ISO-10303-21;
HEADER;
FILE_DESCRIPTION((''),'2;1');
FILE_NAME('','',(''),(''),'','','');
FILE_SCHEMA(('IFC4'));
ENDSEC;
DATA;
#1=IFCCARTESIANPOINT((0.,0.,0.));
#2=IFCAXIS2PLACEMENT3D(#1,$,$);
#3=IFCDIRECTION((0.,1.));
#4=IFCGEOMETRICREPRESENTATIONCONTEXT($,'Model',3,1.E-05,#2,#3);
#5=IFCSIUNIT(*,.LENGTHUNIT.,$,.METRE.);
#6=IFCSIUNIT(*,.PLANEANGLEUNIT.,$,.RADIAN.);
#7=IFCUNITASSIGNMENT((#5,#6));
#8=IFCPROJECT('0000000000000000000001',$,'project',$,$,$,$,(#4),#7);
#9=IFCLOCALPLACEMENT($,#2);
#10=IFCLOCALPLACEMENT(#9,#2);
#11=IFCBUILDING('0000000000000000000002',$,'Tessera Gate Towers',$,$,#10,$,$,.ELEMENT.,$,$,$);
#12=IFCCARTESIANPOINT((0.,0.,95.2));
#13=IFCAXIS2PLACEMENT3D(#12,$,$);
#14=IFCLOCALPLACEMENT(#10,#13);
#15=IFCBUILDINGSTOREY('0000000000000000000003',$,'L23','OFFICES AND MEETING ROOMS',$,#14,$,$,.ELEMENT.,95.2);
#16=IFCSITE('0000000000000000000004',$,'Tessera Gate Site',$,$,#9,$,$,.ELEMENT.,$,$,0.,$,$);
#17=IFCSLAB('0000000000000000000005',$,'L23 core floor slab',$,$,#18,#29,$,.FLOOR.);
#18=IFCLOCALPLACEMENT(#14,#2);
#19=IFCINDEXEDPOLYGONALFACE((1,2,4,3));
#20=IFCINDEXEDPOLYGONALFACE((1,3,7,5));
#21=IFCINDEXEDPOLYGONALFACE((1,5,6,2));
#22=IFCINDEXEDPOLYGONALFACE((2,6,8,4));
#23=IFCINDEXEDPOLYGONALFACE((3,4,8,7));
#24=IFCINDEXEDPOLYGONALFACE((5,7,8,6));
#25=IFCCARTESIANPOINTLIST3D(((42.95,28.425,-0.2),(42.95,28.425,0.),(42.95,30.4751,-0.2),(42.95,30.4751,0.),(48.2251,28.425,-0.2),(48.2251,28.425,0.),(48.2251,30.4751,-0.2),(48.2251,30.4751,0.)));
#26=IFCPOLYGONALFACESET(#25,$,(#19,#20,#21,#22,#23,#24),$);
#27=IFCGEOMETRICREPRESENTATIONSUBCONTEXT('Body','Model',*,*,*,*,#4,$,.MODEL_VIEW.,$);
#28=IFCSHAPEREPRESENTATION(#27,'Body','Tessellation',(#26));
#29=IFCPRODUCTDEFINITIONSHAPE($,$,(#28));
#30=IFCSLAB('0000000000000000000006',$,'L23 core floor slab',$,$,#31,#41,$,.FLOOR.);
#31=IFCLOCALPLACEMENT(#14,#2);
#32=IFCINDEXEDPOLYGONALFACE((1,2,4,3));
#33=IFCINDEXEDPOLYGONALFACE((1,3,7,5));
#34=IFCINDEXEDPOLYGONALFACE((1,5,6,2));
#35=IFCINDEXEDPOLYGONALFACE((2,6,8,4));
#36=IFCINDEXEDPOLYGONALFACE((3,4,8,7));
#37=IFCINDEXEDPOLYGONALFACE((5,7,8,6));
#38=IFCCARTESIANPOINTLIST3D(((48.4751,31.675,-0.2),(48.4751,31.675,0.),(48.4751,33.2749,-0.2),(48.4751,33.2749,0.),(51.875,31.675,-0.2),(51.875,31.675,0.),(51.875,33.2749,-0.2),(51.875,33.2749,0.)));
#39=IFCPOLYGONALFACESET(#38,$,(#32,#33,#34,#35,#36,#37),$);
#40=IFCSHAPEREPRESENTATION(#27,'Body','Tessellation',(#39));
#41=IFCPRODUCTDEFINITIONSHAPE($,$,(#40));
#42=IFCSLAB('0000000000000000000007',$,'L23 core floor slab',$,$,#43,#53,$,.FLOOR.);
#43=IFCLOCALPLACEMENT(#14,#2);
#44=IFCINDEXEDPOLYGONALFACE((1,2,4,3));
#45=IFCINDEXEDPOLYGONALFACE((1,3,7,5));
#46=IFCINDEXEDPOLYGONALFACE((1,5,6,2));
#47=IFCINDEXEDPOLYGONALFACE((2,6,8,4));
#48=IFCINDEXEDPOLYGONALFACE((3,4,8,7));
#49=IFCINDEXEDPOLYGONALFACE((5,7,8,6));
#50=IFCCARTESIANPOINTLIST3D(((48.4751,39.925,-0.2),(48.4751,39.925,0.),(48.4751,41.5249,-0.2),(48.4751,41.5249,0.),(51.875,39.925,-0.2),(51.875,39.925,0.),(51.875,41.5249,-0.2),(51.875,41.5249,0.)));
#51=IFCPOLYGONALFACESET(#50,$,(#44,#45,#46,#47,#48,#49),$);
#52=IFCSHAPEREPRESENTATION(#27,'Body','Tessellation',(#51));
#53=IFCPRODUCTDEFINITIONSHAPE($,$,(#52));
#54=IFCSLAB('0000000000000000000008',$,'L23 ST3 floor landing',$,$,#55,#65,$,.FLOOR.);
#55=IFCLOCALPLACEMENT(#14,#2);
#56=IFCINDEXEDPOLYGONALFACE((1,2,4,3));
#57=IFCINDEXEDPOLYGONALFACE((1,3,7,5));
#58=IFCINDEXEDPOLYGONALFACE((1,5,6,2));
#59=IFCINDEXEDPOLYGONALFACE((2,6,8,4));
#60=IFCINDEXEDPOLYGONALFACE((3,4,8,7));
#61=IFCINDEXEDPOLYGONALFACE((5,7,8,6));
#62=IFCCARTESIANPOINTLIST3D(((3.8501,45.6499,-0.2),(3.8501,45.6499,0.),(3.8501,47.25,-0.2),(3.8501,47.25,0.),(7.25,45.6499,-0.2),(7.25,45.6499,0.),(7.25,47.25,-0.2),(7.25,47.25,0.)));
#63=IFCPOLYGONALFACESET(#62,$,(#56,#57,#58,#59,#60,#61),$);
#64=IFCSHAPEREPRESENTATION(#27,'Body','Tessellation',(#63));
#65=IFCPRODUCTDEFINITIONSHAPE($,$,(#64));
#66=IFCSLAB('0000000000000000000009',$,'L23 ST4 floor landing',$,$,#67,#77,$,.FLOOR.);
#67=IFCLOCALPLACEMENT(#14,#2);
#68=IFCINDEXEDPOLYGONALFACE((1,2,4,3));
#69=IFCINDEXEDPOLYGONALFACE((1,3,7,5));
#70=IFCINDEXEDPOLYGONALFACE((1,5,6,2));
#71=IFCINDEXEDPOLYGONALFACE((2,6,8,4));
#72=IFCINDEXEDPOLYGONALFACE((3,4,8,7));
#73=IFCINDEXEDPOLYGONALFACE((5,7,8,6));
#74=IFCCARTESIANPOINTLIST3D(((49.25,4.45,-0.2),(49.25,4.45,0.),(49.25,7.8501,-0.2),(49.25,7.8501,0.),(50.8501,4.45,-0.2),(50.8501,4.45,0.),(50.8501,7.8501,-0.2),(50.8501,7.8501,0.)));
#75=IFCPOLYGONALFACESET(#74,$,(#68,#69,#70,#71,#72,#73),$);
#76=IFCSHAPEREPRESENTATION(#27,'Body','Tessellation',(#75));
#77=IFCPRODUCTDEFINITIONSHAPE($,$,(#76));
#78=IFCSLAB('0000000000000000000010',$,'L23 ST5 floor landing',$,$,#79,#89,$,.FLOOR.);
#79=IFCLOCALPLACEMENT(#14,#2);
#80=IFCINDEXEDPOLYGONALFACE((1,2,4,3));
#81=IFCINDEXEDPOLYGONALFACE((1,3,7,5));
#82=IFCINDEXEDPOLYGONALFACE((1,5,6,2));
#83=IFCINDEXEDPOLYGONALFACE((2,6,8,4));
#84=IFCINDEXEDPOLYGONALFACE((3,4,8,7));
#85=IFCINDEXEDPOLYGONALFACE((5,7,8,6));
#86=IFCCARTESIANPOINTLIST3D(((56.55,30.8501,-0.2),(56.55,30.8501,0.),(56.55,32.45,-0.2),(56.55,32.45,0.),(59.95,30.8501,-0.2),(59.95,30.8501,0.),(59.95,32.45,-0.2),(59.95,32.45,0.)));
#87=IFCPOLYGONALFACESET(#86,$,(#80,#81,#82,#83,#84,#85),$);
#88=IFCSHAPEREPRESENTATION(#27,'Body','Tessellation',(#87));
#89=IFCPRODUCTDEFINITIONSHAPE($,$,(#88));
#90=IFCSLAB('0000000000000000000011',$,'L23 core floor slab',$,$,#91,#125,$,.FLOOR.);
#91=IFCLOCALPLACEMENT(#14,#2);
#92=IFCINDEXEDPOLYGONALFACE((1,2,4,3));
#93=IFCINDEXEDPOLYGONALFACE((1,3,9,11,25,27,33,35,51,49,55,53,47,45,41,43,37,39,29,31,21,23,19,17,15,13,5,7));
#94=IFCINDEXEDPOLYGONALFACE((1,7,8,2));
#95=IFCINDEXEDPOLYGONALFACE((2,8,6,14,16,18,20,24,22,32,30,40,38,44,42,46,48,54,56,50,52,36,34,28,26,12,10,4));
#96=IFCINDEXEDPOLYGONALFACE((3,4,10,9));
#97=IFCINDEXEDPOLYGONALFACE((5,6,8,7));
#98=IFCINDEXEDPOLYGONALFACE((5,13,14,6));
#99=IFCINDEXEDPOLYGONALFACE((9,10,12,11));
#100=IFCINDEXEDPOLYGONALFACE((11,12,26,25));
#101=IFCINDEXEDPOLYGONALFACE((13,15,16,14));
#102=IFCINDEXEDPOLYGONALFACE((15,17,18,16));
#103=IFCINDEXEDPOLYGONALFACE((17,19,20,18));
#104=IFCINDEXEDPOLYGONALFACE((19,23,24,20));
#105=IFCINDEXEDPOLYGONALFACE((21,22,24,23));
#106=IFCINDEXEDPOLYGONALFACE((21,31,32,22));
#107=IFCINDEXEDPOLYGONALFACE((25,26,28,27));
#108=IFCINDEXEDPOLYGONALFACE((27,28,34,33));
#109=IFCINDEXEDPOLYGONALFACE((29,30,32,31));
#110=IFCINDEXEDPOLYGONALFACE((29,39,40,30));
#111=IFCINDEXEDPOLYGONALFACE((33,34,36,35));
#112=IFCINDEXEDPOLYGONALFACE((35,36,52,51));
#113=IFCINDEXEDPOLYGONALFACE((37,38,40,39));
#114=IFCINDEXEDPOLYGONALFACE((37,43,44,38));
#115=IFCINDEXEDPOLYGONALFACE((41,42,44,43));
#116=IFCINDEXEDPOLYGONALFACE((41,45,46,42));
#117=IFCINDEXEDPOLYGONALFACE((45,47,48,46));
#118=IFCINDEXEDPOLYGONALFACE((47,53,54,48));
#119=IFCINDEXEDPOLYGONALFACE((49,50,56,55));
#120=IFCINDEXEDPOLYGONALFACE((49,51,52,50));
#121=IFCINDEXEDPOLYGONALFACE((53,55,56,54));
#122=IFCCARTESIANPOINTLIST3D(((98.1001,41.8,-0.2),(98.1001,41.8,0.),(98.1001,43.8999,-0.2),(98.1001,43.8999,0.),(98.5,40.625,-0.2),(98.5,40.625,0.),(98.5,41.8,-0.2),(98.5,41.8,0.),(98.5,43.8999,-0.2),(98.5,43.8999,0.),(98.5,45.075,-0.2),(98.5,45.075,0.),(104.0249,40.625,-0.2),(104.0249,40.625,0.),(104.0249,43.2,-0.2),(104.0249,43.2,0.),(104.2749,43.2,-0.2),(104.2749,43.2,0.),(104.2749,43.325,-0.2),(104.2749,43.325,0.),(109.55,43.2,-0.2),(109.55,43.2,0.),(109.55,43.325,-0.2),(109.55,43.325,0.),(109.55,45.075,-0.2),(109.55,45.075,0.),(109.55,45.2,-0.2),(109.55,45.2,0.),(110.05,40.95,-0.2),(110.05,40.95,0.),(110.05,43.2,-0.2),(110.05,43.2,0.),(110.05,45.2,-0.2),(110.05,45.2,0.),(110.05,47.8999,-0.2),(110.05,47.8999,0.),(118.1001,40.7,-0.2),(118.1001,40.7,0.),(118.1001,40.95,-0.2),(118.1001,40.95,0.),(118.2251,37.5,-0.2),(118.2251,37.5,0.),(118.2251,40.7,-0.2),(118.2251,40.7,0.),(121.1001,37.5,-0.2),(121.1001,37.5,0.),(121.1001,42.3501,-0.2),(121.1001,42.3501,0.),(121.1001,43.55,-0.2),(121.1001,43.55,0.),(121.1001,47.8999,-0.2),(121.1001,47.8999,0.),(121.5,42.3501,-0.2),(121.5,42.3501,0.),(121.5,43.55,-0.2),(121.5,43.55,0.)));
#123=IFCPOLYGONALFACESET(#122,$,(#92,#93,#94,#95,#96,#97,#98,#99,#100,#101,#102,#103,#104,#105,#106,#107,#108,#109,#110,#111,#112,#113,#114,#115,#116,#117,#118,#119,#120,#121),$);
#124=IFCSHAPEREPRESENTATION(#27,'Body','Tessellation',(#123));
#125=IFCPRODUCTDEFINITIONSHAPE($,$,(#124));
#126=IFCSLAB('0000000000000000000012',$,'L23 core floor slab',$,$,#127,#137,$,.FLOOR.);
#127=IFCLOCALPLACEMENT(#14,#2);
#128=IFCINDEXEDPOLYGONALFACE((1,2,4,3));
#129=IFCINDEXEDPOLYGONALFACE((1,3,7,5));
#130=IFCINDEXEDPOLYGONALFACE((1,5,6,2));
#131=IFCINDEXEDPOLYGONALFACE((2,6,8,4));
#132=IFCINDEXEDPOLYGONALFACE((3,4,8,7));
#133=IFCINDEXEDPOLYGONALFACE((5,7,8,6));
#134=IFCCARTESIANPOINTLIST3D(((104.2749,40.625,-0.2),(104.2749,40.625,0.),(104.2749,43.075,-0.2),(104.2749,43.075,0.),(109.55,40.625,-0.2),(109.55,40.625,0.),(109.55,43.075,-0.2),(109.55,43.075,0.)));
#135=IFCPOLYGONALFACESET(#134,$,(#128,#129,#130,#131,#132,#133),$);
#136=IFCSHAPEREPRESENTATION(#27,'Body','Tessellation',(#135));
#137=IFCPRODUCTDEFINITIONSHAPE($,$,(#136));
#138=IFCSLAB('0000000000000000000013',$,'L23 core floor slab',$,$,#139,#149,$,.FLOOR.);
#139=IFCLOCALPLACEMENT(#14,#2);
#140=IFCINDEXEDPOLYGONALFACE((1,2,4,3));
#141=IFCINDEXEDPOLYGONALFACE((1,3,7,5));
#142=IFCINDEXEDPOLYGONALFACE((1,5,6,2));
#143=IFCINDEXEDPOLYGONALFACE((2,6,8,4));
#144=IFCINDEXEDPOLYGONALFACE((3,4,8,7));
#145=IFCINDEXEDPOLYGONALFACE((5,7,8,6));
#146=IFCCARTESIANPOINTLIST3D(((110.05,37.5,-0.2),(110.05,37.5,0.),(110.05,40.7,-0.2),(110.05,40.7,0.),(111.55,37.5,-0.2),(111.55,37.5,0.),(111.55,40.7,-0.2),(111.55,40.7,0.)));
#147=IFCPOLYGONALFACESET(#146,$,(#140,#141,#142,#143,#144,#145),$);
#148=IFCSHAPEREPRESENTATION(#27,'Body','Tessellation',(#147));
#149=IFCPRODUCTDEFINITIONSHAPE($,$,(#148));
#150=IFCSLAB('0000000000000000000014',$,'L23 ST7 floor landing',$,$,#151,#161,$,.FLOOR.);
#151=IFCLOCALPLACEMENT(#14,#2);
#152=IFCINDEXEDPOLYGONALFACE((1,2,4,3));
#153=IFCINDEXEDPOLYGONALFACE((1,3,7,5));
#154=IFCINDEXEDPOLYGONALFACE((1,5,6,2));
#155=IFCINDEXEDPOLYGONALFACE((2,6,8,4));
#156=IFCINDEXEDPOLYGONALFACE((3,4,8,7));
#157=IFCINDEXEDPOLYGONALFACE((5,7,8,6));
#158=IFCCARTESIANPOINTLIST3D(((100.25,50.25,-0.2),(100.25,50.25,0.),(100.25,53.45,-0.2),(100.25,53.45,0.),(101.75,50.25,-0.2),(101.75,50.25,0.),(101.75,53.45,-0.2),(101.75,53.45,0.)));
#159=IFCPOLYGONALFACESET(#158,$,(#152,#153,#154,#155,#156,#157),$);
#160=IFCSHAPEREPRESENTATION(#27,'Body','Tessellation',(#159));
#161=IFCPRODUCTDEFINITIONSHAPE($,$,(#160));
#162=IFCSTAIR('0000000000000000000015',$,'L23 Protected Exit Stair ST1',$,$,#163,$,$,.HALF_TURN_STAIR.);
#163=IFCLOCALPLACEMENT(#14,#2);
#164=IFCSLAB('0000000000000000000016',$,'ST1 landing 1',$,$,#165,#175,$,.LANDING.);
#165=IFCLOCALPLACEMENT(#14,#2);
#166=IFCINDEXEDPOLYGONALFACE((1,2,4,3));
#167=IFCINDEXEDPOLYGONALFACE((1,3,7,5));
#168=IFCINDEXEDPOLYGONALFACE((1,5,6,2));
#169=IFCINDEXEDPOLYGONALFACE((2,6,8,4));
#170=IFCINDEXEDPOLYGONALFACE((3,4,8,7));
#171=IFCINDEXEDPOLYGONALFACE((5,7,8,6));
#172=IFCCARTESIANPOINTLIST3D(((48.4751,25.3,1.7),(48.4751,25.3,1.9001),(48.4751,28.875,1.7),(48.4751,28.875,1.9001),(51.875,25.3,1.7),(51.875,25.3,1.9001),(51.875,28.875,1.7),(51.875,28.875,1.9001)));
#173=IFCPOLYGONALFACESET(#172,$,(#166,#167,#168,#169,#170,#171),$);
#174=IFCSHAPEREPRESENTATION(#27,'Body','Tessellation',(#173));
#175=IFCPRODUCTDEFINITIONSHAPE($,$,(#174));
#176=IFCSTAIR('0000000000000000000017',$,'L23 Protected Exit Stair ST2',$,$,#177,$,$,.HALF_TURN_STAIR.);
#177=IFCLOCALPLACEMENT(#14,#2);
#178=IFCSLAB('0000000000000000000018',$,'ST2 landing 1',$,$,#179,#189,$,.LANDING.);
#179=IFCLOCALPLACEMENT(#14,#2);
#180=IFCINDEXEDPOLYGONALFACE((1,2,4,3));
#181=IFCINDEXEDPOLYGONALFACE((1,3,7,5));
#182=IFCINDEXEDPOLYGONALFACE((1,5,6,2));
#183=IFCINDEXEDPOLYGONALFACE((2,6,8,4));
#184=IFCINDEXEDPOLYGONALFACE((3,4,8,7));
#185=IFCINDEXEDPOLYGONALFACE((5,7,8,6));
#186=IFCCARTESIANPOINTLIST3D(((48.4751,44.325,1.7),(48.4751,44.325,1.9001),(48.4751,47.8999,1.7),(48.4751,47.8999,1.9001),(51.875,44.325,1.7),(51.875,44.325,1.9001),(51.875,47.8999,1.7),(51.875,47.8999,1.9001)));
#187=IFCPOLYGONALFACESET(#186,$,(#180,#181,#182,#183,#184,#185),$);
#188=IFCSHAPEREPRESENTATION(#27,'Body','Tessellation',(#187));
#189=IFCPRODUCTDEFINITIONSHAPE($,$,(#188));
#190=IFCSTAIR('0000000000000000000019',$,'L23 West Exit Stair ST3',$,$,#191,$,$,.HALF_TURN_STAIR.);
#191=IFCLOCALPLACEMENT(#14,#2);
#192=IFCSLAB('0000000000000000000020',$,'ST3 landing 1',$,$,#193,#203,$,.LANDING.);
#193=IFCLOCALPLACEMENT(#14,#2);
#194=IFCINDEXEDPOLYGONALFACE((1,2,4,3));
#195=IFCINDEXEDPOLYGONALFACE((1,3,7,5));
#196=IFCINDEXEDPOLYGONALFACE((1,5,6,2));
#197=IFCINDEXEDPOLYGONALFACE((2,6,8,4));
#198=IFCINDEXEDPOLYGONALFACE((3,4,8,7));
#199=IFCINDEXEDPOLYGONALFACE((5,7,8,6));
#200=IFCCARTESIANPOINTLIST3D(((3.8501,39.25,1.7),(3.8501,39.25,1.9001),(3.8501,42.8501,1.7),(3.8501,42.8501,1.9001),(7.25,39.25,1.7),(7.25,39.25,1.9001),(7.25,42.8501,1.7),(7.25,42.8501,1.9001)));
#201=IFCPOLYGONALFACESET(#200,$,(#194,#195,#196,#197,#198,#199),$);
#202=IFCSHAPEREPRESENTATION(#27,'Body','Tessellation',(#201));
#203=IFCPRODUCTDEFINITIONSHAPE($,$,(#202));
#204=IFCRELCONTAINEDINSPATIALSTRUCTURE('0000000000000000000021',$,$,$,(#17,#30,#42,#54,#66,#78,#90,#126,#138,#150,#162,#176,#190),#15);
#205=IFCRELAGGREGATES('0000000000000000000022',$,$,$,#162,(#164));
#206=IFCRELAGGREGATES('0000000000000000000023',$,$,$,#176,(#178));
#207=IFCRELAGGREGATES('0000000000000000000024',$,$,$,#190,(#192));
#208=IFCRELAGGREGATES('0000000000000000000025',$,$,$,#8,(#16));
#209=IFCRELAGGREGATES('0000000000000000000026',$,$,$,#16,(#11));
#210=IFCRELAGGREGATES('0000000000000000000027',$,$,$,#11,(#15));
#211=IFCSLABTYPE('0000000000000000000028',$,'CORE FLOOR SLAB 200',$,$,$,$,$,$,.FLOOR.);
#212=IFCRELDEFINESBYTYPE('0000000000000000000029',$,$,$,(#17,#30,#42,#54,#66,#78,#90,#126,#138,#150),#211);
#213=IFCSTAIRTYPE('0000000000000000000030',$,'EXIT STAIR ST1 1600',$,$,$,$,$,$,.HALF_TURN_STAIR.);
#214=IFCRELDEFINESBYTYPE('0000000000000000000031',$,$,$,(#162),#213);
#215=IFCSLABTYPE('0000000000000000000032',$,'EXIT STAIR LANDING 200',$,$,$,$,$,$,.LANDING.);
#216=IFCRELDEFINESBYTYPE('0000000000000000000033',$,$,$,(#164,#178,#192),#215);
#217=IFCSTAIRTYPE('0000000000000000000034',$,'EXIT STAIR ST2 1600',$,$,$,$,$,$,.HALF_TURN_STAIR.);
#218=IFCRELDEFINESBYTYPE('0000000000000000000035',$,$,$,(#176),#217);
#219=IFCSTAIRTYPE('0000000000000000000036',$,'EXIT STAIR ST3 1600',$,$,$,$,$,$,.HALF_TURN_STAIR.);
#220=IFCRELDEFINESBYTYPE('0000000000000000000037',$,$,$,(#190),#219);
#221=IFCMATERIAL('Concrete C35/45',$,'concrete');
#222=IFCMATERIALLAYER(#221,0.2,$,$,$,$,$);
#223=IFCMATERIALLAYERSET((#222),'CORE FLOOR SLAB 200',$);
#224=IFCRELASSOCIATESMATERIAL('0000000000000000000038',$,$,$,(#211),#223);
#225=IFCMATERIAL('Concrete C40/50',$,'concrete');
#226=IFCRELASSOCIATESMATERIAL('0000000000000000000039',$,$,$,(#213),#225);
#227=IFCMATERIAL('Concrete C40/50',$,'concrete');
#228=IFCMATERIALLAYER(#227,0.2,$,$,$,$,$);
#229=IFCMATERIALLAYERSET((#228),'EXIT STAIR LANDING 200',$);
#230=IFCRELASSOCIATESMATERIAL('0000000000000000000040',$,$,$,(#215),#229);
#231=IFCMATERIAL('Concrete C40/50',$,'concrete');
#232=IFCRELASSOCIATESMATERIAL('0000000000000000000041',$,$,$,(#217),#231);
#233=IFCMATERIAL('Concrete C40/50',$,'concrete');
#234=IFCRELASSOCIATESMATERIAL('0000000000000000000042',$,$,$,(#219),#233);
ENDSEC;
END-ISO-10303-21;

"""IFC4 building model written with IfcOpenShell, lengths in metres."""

from ifc_helpers import new_model, si_unit, direction, frame, origin, place, context, subcontext, project, spatial, polyline, outline, extrude, material, layer, layer_set, type_object, element, aggregate, save


model = new_model("IFC4")

# Units and contexts
model_context = context("Model", 3, precision=1e-05, world=origin(), true_north=direction((0.0, 1.0)))
body_context = subcontext(model_context, "Body", "Model", "MODEL_VIEW")
ifc_project = project(units=[si_unit("LENGTHUNIT", "METRE"), si_unit("PLANEANGLEUNIT", "RADIAN")], contexts=[model_context])

# Site, building, storey
site_placement = place(None, origin())
site = spatial("IfcSite", under=ifc_project, at=site_placement, Name="Tessera Gate Site", CompositionType="ELEMENT", RefElevation=0.0)
building_placement = place(site_placement, origin())
building = spatial("IfcBuilding", under=site, at=building_placement, Name="Tessera Gate Towers", CompositionType="ELEMENT")
storey_placement = place(building_placement, frame((0.0, 0.0, 95.2)))
storey = spatial("IfcBuildingStorey", under=building, at=storey_placement, Name="L23", Description="OFFICES AND MEETING ROOMS", CompositionType="ELEMENT", Elevation=95.2)

# Slabs
ifc_material_1 = material(Name="Concrete C35/45", Category="concrete")
ifc_layer_1 = layer(ifc_material_1, 0.2)
ifc_layer_set_1 = layer_set([ifc_layer_1], Name="CORE FLOOR SLAB 200")
slab_type_1 = type_object("IfcSlabType", Name="CORE FLOOR SLAB 200", PredefinedType="FLOOR", material=ifc_layer_set_1)
slab_1_placement = place(storey_placement, frame((0.0, 0.0, -0.2)))
element("IfcSlab", 1, at=slab_1_placement, inside=storey, type_object=slab_type_1, Name="L23 core floor slab", PredefinedType="FLOOR", context=body_context, shape_type="SweptSolid", body=[
    extrude(outline(polyline([(42.95, 30.4751), (42.95, 28.425), (48.2251, 28.425), (48.2251, 30.4751), (42.95, 30.4751)])), origin(), (0.0, 0.0, 1.0), 0.2),
])
slab_2_placement = place(storey_placement, frame((0.0, 0.0, -0.2)))
element("IfcSlab", 2, at=slab_2_placement, inside=storey, type_object=slab_type_1, Name="L23 core floor slab", PredefinedType="FLOOR", context=body_context, shape_type="SweptSolid", body=[
    extrude(outline(polyline([(51.875, 31.675), (51.875, 33.2749), (48.4751, 33.2749), (48.4751, 31.675), (51.875, 31.675)])), origin(), (0.0, 0.0, 1.0), 0.2),
])
slab_3_placement = place(storey_placement, frame((0.0, 0.0, -0.2)))
element("IfcSlab", 3, at=slab_3_placement, inside=storey, type_object=slab_type_1, Name="L23 core floor slab", PredefinedType="FLOOR", context=body_context, shape_type="SweptSolid", body=[
    extrude(outline(polyline([(48.4751, 41.5249), (48.4751, 39.925), (51.875, 39.925), (51.875, 41.5249), (48.4751, 41.5249)])), origin(), (0.0, 0.0, 1.0), 0.2),
])
slab_4_placement = place(storey_placement, frame((0.0, 0.0, -0.2)))
element("IfcSlab", 4, at=slab_4_placement, inside=storey, type_object=slab_type_1, Name="L23 ST3 floor landing", PredefinedType="FLOOR", context=body_context, shape_type="SweptSolid", body=[
    extrude(outline(polyline([(3.8501, 47.25), (3.8501, 45.6499), (7.25, 45.6499), (7.25, 47.25), (3.8501, 47.25)])), origin(), (0.0, 0.0, 1.0), 0.2),
])
slab_5_placement = place(storey_placement, frame((0.0, 0.0, -0.2)))
element("IfcSlab", 5, at=slab_5_placement, inside=storey, type_object=slab_type_1, Name="L23 ST4 floor landing", PredefinedType="FLOOR", context=body_context, shape_type="SweptSolid", body=[
    extrude(outline(polyline([(49.25, 4.45), (50.8501, 4.45), (50.8501, 7.8501), (49.25, 7.8501), (49.25, 4.45)])), origin(), (0.0, 0.0, 1.0), 0.2),
])
slab_6_placement = place(storey_placement, frame((0.0, 0.0, -0.2)))
element("IfcSlab", 6, at=slab_6_placement, inside=storey, type_object=slab_type_1, Name="L23 ST5 floor landing", PredefinedType="FLOOR", context=body_context, shape_type="SweptSolid", body=[
    extrude(outline(polyline([(59.95, 30.8501), (59.95, 32.45), (56.55, 32.45), (56.55, 30.8501), (59.95, 30.8501)])), origin(), (0.0, 0.0, 1.0), 0.2),
])
slab_7_placement = place(storey_placement, frame((0.0, 0.0, -0.2)))
element("IfcSlab", 7, at=slab_7_placement, inside=storey, type_object=slab_type_1, Name="L23 core floor slab", PredefinedType="FLOOR", context=body_context, shape_type="SweptSolid", body=[
    extrude(outline(polyline([(109.55, 45.2), (109.55, 45.075), (98.5, 45.075), (98.5, 43.8999), (98.1001, 43.8999), (98.1001, 41.8), (98.5, 41.8), (98.5, 40.625), (104.0249, 40.625), (104.0249, 43.2), (104.2749, 43.2), (104.2749, 43.325), (109.55, 43.325), (109.55, 43.2), (110.05, 43.2), (110.05, 40.95), (118.1001, 40.95), (118.1001, 40.7), (118.2251, 40.7), (118.2251, 37.5), (121.1001, 37.5), (121.1001, 42.3501), (121.5, 42.3501), (121.5, 43.55), (121.1001, 43.55), (121.1001, 47.8999), (110.05, 47.8999), (110.05, 45.2), (109.55, 45.2)])), origin(), (0.0, 0.0, 1.0), 0.2),
])
slab_8_placement = place(storey_placement, frame((0.0, 0.0, -0.2)))
element("IfcSlab", 8, at=slab_8_placement, inside=storey, type_object=slab_type_1, Name="L23 core floor slab", PredefinedType="FLOOR", context=body_context, shape_type="SweptSolid", body=[
    extrude(outline(polyline([(109.55, 43.075), (104.2749, 43.075), (104.2749, 40.625), (109.55, 40.625), (109.55, 43.075)])), origin(), (0.0, 0.0, 1.0), 0.2),
])
slab_9_placement = place(storey_placement, frame((0.0, 0.0, -0.2)))
element("IfcSlab", 9, at=slab_9_placement, inside=storey, type_object=slab_type_1, Name="L23 core floor slab", PredefinedType="FLOOR", context=body_context, shape_type="SweptSolid", body=[
    extrude(outline(polyline([(111.55, 37.5), (111.55, 40.7), (110.05, 40.7), (110.05, 37.5), (111.55, 37.5)])), origin(), (0.0, 0.0, 1.0), 0.2),
])
slab_10_placement = place(storey_placement, frame((0.0, 0.0, -0.2)))
element("IfcSlab", 10, at=slab_10_placement, inside=storey, type_object=slab_type_1, Name="L23 ST7 floor landing", PredefinedType="FLOOR", context=body_context, shape_type="SweptSolid", body=[
    extrude(outline(polyline([(100.25, 50.25), (101.75, 50.25), (101.75, 53.45), (100.25, 53.45), (100.25, 50.25)])), origin(), (0.0, 0.0, 1.0), 0.2),
])

# Stairs, slabs
ifc_material_2 = material(Name="Concrete C40/50", Category="concrete")
stair_type_1 = type_object("IfcStairType", Name="EXIT STAIR ST1 1600", PredefinedType="HALF_TURN_STAIR", material=ifc_material_2)
stair_1_placement = place(storey_placement, origin())
stair_1 = element("IfcStair", 11, at=stair_1_placement, inside=storey, type_object=stair_type_1, Name="L23 Protected Exit Stair ST1", PredefinedType="HALF_TURN_STAIR")
ifc_material_3 = material(Name="Concrete C40/50", Category="concrete")
ifc_layer_2 = layer(ifc_material_3, 0.2)
ifc_layer_set_2 = layer_set([ifc_layer_2], Name="EXIT STAIR LANDING 200")
slab_type_2 = type_object("IfcSlabType", Name="EXIT STAIR LANDING 200", PredefinedType="LANDING", material=ifc_layer_set_2)
slab_11_placement = place(storey_placement, frame((0.0, 0.0, 1.7)))
slab_11 = element("IfcSlab", 12, at=slab_11_placement, type_object=slab_type_2, Name="ST1 landing 1", PredefinedType="LANDING", context=body_context, shape_type="SweptSolid", body=[
    extrude(outline(polyline([(48.4751, 28.875), (48.4751, 25.3), (51.875, 25.3), (51.875, 28.875), (48.4751, 28.875)])), origin(), (0.0, 0.0, 1.0), 0.2002),
])
aggregate(stair_1, [slab_11])
ifc_material_4 = material(Name="Concrete C40/50", Category="concrete")
stair_type_2 = type_object("IfcStairType", Name="EXIT STAIR ST2 1600", PredefinedType="HALF_TURN_STAIR", material=ifc_material_4)
stair_2_placement = place(storey_placement, origin())
stair_2 = element("IfcStair", 13, at=stair_2_placement, inside=storey, type_object=stair_type_2, Name="L23 Protected Exit Stair ST2", PredefinedType="HALF_TURN_STAIR")
slab_12_placement = place(storey_placement, frame((0.0, 0.0, 1.7)))
slab_12 = element("IfcSlab", 14, at=slab_12_placement, type_object=slab_type_2, Name="ST2 landing 1", PredefinedType="LANDING", context=body_context, shape_type="SweptSolid", body=[
    extrude(outline(polyline([(51.875, 44.325), (51.875, 47.8999), (48.4751, 47.8999), (48.4751, 44.325), (51.875, 44.325)])), origin(), (0.0, 0.0, 1.0), 0.2002),
])
aggregate(stair_2, [slab_12])
ifc_material_5 = material(Name="Concrete C40/50", Category="concrete")
stair_type_3 = type_object("IfcStairType", Name="EXIT STAIR ST3 1600", PredefinedType="HALF_TURN_STAIR", material=ifc_material_5)
stair_3_placement = place(storey_placement, origin())
stair_3 = element("IfcStair", 15, at=stair_3_placement, inside=storey, type_object=stair_type_3, Name="L23 West Exit Stair ST3", PredefinedType="HALF_TURN_STAIR")
slab_13_placement = place(storey_placement, frame((0.0, 0.0, 1.7)))
slab_13 = element("IfcSlab", 16, at=slab_13_placement, type_object=slab_type_2, Name="ST3 landing 1", PredefinedType="LANDING", context=body_context, shape_type="SweptSolid", body=[
    extrude(outline(polyline([(3.8501, 42.8501), (3.8501, 39.25), (7.25, 39.25), (7.25, 42.8501), (3.8501, 42.8501)])), origin(), (0.0, 0.0, 1.0), 0.2002),
])
aggregate(stair_3, [slab_13])

save(model, "model.ifc")
